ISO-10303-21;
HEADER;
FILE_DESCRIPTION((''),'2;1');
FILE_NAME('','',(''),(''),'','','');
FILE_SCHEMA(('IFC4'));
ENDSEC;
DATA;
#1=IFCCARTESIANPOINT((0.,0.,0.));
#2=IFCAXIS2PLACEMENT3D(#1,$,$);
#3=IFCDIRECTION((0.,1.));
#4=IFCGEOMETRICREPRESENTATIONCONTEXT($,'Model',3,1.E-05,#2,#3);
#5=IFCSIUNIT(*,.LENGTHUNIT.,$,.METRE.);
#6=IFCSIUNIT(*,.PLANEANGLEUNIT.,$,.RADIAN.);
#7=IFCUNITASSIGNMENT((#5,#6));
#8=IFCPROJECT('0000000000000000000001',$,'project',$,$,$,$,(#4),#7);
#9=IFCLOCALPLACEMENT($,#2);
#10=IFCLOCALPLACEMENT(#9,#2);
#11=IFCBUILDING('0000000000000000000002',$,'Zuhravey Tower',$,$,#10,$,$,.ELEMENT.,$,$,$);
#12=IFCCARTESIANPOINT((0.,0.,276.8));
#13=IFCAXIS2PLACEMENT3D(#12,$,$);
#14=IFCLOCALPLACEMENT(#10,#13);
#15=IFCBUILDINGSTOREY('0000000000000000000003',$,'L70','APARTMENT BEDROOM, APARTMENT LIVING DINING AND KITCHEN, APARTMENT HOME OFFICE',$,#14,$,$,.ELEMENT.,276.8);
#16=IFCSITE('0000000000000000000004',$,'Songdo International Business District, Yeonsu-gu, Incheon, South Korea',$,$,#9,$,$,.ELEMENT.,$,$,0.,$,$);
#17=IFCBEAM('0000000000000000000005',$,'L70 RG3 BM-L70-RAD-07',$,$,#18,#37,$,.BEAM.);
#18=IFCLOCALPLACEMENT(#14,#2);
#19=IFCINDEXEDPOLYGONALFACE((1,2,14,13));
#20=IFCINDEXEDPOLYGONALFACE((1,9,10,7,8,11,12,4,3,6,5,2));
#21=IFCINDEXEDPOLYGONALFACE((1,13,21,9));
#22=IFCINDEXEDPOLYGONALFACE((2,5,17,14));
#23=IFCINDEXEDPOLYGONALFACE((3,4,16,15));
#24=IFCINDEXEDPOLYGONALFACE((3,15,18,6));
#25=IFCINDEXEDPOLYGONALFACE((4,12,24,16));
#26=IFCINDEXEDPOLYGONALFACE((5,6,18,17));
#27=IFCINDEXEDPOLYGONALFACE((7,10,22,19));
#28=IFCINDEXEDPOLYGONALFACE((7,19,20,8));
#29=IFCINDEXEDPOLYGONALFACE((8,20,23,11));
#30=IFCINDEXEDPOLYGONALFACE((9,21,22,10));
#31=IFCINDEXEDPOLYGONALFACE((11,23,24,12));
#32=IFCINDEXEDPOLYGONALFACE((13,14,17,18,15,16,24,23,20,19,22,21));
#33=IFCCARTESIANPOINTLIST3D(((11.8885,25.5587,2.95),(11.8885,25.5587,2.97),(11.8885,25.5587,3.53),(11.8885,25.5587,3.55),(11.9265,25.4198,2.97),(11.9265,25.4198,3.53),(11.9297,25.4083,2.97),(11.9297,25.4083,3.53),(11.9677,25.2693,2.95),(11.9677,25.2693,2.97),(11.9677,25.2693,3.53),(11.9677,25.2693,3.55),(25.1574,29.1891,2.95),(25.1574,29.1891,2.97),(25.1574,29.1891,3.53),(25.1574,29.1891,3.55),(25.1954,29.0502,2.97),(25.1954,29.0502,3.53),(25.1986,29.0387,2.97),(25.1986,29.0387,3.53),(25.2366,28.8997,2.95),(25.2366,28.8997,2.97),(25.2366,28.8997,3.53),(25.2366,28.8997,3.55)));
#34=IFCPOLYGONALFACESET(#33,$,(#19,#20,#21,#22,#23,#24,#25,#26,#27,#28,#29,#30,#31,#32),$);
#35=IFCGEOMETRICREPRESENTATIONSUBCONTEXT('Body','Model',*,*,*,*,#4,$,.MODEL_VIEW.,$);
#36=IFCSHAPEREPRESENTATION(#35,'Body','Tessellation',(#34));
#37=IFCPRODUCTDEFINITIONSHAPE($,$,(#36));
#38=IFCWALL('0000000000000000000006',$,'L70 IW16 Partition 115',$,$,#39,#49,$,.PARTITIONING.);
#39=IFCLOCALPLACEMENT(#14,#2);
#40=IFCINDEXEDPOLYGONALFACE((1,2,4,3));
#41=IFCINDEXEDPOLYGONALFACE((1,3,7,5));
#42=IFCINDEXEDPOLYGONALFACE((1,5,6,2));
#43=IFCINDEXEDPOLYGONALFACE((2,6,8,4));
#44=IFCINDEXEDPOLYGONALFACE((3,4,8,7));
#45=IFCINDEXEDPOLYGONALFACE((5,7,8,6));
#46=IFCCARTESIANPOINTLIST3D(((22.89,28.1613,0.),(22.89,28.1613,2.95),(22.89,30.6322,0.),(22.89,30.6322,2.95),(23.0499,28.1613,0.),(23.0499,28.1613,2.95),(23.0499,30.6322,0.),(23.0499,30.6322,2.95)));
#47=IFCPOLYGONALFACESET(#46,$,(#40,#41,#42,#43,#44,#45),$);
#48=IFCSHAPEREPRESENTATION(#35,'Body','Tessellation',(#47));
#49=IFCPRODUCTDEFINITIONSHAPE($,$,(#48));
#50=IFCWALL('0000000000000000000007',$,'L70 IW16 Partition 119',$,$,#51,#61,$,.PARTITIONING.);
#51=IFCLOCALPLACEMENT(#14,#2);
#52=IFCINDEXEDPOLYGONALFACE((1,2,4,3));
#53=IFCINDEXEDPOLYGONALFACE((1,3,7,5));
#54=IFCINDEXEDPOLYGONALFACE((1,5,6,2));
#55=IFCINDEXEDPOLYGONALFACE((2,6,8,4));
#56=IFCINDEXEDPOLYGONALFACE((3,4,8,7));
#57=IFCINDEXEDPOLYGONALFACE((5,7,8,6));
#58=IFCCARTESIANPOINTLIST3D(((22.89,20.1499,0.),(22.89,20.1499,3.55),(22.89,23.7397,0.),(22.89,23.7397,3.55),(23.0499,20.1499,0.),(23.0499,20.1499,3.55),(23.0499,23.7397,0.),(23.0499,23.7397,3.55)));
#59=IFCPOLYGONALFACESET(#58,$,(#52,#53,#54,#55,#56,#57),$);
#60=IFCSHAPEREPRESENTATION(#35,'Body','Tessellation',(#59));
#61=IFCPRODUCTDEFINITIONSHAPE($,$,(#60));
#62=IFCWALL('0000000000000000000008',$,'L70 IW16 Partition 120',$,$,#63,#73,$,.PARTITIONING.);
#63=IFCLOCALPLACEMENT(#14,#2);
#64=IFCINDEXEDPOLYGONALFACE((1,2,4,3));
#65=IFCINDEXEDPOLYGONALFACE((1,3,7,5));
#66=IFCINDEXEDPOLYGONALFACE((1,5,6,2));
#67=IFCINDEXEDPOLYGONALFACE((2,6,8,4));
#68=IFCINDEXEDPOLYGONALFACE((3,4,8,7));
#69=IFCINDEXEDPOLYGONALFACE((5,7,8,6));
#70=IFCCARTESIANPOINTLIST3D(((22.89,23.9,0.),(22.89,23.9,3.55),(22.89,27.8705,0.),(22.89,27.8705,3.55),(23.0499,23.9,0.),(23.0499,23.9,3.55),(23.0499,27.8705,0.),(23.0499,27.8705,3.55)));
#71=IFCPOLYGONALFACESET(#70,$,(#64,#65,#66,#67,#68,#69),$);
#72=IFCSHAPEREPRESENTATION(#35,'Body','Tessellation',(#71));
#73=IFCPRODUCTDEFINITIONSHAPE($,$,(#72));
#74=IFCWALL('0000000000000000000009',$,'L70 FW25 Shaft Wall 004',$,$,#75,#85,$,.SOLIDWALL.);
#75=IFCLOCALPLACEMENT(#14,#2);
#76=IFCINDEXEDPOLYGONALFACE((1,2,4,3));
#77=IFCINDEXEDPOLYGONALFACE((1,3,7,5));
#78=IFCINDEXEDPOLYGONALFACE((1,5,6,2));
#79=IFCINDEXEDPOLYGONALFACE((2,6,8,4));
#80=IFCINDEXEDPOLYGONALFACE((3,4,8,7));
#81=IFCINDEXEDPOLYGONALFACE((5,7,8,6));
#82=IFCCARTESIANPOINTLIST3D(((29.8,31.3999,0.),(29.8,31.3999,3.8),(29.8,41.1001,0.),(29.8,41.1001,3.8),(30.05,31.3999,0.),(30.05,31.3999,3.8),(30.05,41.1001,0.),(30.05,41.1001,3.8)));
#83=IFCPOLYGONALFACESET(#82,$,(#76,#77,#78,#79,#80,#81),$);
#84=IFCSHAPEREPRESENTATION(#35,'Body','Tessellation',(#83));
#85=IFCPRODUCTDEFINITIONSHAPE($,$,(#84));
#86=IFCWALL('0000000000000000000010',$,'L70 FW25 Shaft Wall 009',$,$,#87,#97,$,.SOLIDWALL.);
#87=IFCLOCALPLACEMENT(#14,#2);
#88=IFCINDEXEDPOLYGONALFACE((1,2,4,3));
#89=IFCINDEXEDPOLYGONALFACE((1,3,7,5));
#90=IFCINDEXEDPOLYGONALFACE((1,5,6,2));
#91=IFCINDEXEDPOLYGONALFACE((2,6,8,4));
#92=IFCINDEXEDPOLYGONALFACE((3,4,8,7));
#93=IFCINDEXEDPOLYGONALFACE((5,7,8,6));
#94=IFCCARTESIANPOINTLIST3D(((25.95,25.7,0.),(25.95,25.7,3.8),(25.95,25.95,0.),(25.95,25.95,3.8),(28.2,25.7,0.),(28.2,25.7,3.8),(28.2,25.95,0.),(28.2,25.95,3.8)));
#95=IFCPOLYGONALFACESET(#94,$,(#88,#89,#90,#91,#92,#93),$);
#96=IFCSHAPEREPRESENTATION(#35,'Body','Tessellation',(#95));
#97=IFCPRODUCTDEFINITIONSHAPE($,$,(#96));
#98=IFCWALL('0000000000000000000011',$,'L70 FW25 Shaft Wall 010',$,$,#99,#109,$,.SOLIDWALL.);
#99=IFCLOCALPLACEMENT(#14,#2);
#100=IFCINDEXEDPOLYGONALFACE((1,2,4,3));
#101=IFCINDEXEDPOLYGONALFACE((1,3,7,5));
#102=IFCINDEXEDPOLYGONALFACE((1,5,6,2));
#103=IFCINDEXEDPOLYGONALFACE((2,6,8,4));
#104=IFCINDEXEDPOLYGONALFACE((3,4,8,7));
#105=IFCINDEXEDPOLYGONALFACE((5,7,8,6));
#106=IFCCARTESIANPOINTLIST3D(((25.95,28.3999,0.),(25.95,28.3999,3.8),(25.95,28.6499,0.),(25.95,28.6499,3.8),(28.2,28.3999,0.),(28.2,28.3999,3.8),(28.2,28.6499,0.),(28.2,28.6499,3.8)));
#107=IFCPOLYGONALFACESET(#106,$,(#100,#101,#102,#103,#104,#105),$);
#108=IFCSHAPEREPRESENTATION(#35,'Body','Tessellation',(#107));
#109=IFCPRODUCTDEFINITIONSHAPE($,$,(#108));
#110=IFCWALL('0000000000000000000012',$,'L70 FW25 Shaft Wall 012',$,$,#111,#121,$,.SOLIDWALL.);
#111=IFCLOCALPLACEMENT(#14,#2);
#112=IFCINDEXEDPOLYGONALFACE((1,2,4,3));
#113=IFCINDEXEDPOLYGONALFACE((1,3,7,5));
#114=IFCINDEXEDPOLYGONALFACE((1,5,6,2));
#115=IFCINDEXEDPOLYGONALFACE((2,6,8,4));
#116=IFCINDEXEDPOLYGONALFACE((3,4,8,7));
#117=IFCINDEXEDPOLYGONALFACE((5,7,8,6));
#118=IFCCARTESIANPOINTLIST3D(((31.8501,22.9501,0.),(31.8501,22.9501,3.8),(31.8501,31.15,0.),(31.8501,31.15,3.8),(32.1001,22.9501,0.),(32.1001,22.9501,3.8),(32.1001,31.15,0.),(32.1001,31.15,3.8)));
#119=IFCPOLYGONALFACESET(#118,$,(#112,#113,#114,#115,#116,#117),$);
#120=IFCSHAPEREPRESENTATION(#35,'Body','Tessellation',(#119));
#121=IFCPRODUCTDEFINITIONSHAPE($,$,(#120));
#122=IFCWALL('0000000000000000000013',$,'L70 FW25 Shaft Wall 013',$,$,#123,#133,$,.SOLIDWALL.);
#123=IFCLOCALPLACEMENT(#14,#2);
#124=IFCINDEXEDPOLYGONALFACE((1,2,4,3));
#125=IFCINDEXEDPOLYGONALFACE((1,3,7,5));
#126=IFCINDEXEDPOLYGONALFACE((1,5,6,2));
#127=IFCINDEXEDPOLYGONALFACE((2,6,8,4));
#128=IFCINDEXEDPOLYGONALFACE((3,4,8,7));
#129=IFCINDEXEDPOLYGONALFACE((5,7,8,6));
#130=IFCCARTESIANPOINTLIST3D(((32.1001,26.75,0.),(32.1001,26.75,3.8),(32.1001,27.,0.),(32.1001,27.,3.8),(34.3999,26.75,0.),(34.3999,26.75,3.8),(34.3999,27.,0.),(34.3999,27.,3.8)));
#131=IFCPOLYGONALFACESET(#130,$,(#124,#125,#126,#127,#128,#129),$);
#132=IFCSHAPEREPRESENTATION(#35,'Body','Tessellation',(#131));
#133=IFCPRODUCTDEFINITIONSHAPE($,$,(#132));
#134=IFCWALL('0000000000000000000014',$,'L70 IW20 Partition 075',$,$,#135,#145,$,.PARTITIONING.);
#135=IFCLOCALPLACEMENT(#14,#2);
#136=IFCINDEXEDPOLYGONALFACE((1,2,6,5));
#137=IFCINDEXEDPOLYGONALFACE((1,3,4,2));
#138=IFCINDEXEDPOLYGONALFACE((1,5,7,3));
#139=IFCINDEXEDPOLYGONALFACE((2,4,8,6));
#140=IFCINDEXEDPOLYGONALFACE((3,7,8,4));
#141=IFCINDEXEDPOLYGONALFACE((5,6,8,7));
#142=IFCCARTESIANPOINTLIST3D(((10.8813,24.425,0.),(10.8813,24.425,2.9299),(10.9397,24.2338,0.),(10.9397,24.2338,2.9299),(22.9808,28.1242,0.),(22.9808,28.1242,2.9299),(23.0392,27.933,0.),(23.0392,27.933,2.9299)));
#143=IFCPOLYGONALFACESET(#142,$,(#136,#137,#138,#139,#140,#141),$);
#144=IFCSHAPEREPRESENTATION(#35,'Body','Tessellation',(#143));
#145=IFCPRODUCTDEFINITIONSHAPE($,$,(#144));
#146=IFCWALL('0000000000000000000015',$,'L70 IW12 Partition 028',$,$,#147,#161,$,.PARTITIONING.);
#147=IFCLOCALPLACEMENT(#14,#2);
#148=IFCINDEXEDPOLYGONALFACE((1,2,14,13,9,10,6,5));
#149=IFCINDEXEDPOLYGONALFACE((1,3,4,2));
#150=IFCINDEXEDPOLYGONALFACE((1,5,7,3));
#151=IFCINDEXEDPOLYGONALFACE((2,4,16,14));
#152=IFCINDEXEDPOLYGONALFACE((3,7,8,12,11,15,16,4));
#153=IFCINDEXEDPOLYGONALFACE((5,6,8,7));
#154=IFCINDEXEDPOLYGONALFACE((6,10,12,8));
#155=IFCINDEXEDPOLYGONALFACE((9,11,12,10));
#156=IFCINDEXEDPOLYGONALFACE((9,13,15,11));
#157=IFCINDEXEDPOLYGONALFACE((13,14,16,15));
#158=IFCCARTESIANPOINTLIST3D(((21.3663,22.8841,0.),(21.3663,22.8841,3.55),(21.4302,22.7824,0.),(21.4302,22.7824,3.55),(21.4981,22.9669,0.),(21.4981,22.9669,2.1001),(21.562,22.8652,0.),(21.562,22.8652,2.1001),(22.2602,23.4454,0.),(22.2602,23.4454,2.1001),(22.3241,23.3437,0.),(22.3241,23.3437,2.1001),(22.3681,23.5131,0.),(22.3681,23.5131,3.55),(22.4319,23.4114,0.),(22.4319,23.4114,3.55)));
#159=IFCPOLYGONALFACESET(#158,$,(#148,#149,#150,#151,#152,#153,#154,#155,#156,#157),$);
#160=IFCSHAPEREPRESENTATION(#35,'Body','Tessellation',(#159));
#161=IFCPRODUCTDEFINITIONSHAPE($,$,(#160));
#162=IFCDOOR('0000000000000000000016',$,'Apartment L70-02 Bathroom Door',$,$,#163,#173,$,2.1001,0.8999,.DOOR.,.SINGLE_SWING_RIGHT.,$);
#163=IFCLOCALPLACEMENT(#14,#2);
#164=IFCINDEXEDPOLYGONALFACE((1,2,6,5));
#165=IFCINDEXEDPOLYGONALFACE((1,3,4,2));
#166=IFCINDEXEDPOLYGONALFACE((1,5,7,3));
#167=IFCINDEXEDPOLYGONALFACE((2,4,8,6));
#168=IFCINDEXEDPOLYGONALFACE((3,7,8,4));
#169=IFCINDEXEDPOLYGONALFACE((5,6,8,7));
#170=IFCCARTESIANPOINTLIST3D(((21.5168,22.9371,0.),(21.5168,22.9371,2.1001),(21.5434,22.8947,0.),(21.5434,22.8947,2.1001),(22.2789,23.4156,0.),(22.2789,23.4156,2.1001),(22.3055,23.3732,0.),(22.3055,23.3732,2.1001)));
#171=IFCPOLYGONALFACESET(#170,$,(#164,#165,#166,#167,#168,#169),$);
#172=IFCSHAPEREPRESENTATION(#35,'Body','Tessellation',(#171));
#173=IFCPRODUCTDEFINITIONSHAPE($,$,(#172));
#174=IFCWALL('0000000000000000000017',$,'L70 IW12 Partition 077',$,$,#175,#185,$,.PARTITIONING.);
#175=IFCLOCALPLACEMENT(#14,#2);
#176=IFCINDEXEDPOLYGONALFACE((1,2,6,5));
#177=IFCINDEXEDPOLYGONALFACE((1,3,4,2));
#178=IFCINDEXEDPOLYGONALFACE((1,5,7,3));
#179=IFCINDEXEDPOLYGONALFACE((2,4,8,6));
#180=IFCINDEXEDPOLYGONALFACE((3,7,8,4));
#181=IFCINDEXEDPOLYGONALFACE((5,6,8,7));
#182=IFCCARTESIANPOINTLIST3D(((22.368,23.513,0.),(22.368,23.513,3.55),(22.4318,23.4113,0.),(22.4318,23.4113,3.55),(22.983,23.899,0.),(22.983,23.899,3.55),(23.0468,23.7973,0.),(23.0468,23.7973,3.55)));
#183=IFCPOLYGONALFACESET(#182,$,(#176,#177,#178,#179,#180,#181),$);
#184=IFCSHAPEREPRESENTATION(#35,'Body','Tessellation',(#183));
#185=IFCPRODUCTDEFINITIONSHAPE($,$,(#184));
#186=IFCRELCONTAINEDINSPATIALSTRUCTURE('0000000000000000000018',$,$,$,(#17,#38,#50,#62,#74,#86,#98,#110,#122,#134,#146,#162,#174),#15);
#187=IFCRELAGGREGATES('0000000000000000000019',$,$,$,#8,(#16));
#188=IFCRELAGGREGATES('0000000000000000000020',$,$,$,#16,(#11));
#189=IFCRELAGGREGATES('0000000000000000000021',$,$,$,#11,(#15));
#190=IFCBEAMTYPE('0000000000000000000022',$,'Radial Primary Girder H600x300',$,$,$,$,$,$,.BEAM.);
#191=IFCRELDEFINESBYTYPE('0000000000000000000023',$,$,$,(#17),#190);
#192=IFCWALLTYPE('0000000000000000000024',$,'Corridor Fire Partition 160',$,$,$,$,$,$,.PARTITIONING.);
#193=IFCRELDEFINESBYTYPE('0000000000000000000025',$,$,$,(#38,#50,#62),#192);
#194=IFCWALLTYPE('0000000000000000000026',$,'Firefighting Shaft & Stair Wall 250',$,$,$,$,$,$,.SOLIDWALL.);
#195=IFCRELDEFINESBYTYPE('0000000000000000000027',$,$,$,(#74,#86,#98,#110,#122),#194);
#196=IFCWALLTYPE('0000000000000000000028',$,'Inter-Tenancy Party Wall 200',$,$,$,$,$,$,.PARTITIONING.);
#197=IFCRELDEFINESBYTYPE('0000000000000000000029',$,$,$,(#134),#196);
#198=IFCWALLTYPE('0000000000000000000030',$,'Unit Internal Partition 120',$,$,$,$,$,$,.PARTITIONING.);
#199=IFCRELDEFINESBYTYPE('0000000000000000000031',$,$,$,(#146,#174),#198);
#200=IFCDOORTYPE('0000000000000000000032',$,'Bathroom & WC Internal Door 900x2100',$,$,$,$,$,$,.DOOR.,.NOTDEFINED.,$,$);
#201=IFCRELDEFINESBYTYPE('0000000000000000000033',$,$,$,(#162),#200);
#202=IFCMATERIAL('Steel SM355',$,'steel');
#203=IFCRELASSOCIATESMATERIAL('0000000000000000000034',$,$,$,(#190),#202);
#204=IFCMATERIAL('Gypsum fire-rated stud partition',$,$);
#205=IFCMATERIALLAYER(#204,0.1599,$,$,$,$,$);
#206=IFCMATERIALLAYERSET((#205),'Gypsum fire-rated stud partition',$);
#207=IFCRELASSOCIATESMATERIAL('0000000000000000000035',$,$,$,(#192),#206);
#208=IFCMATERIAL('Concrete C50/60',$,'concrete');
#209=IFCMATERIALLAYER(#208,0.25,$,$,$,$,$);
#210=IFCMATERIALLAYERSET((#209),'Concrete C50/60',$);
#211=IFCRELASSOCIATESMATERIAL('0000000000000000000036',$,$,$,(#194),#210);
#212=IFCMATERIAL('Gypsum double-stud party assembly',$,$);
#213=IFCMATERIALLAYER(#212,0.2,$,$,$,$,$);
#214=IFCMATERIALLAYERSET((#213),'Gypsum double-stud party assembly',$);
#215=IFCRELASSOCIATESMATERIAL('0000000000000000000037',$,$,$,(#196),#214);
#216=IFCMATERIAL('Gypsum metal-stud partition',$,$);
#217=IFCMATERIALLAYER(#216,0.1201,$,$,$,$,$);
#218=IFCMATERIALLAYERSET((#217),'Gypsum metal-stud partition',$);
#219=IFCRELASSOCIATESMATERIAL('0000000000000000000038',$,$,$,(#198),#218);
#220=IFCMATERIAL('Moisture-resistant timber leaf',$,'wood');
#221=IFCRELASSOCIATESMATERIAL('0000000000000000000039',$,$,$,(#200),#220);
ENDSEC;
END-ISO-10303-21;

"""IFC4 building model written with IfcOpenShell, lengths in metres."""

from ifc_helpers import new_model, si_unit, direction, frame, frame_2d, origin, origin_2d, place, context, subcontext, project, spatial, rectangle, i_section, extrude, material, layer, layer_set, material_profile, profile_set, type_object, element, fill, save


model = new_model("IFC4")

# Units and contexts
model_context = context("Model", 3, precision=1e-05, world=origin(), true_north=direction((0.0, 1.0)))
body_context = subcontext(model_context, "Body", "Model", "MODEL_VIEW")
ifc_project = project(units=[si_unit("LENGTHUNIT", "METRE"), si_unit("PLANEANGLEUNIT", "RADIAN")], contexts=[model_context])

# Site, building, storey
site_placement = place(None, origin())
site = spatial("IfcSite", under=ifc_project, at=site_placement, Name="Songdo International Business District, Yeonsu-gu, Incheon, South Korea", CompositionType="ELEMENT", RefElevation=0.0)
building_placement = place(site_placement, origin())
building = spatial("IfcBuilding", under=site, at=building_placement, Name="Zuhravey Tower", CompositionType="ELEMENT")
storey_placement = place(building_placement, frame((0.0, 0.0, 276.8)))
storey = spatial("IfcBuildingStorey", under=building, at=storey_placement, Name="L70", Description="APARTMENT BEDROOM, APARTMENT LIVING DINING AND KITCHEN, APARTMENT HOME OFFICE", CompositionType="ELEMENT", Elevation=276.8)

# Beam
ifc_material_1 = material(Name="Steel SM355", Category="steel")
ifc_material_profile = material_profile(ifc_material_1, i_section(OverallWidth=0.3, OverallDepth=0.6001, WebThickness=0.012, FlangeThickness=0.02, at=origin_2d()), Name="H-600x300x12x20")
ifc_profile_set = profile_set([ifc_material_profile], Name="Steel SM355")
beam_type = type_object("IfcBeamType", Name="Radial Primary Girder H600x300", PredefinedType="BEAM", material=ifc_profile_set)
beam_placement = place(storey_placement, frame((25.197, 29.0444, 3.25), z_axis=(-0.964549, -0.263903, 0.0), x_axis=(0.263903, -0.964549, 0.0)))
element("IfcBeam", 1, at=beam_placement, inside=storey, type_object=beam_type, Name="L70 RG3 BM-L70-RAD-07", PredefinedType="BEAM", context=body_context, shape_type="SweptSolid", body=[
    extrude(i_section(OverallWidth=0.3, OverallDepth=0.6001, WebThickness=0.012, FlangeThickness=0.02, at=origin_2d()), origin(), (0.0, 0.0, 1.0), 13.7566),
])

# Walls
ifc_material_2 = material(Name="Gypsum fire-rated stud partition")
ifc_layer_1 = layer(ifc_material_2, 0.1599)
ifc_layer_set_1 = layer_set([ifc_layer_1], Name="Gypsum fire-rated stud partition")
wall_type_1 = type_object("IfcWallType", Name="Corridor Fire Partition 160", PredefinedType="PARTITIONING", material=ifc_layer_set_1)
wall_1_placement = place(storey_placement, frame((22.97, 30.6321, 0.0), z_axis=(0.0, 0.0, 1.0), x_axis=(0.0, -1.0, 0.0)))
element("IfcWall", 2, at=wall_1_placement, inside=storey, type_object=wall_type_1, Name="L70 IW16 Partition 115", PredefinedType="PARTITIONING", context=body_context, shape_type="SweptSolid", body=[
    extrude(rectangle(XDim=2.4709, YDim=0.1599, at=frame_2d((1.2354, 0.0))), origin(), (0.0, 0.0, 1.0), 2.95),
])
wall_2_placement = place(storey_placement, frame((22.97, 23.7397, 0.0), z_axis=(0.0, 0.0, 1.0), x_axis=(0.0, -1.0, 0.0)))
element("IfcWall", 3, at=wall_2_placement, inside=storey, type_object=wall_type_1, Name="L70 IW16 Partition 119", PredefinedType="PARTITIONING", context=body_context, shape_type="SweptSolid", body=[
    extrude(rectangle(XDim=3.5898, YDim=0.1599, at=frame_2d((1.7949, 0.0))), origin(), (0.0, 0.0, 1.0), 3.55),
])
wall_3_placement = place(storey_placement, frame((22.97, 27.8706, 0.0), z_axis=(0.0, 0.0, 1.0), x_axis=(0.0, -1.0, 0.0)))
element("IfcWall", 4, at=wall_3_placement, inside=storey, type_object=wall_type_1, Name="L70 IW16 Partition 120", PredefinedType="PARTITIONING", context=body_context, shape_type="SweptSolid", body=[
    extrude(rectangle(XDim=3.9705, YDim=0.1599, at=frame_2d((1.9854, 0.0))), origin(), (0.0, 0.0, 1.0), 3.55),
])

# Shared definitions
ifc_material_3 = material(Name="Concrete C50/60", Category="concrete")
ifc_layer_2 = layer(ifc_material_3, 0.25)
ifc_layer_set_2 = layer_set([ifc_layer_2], Name="Concrete C50/60")
wall_type_2 = type_object("IfcWallType", Name="Firefighting Shaft & Stair Wall 250", PredefinedType="SOLIDWALL", material=ifc_layer_set_2)

# Walls
wall_4_placement = place(storey_placement, frame((29.925, 31.3999, 0.0), z_axis=(0.0, 0.0, 1.0), x_axis=(0.0, 1.0, 0.0)))
element("IfcWall", 5, at=wall_4_placement, inside=storey, type_object=wall_type_2, Name="L70 FW25 Shaft Wall 004", PredefinedType="SOLIDWALL", context=body_context, shape_type="SweptSolid", body=[
    extrude(rectangle(XDim=9.7002, YDim=0.25, at=frame_2d((4.8501, 0.0))), origin(), (0.0, 0.0, 1.0), 3.8),
])
for number, where, z_axis, x_axis, name in (
    (6, (25.95, 25.825, 0.0), (0.0, 0.0, 1.0), (1.0, 0.0, 0.0), "L70 FW25 Shaft Wall 009"),
    (7, (25.95, 28.5249, 0.0), (0.0, 0.0, 1.0), (1.0, 0.0, 0.0), "L70 FW25 Shaft Wall 010"),
):
    element("IfcWall", number, at=place(storey_placement, frame(where, z_axis=z_axis, x_axis=x_axis)), inside=storey, type_object=wall_type_2, Name=name, PredefinedType="SOLIDWALL", context=body_context, shape_type="SweptSolid", body=[
        extrude(rectangle(XDim=2.25, YDim=0.25, at=frame_2d((1.125, 0.0))), origin(), (0.0, 0.0, 1.0), 3.8),
    ])
wall_5_placement = place(storey_placement, frame((31.9751, 22.95, 0.0), z_axis=(0.0, 0.0, 1.0), x_axis=(0.0, 1.0, 0.0)))
element("IfcWall", 8, at=wall_5_placement, inside=storey, type_object=wall_type_2, Name="L70 FW25 Shaft Wall 012", PredefinedType="SOLIDWALL", context=body_context, shape_type="SweptSolid", body=[
    extrude(rectangle(XDim=8.2, YDim=0.25, at=frame_2d((4.1001, 0.0))), origin(), (0.0, 0.0, 1.0), 3.8),
])
wall_6_placement = place(storey_placement, frame((32.1001, 26.875, 0.0), z_axis=(0.0, 0.0, 1.0), x_axis=(1.0, 0.0, 0.0)))
element("IfcWall", 9, at=wall_6_placement, inside=storey, type_object=wall_type_2, Name="L70 FW25 Shaft Wall 013", PredefinedType="SOLIDWALL", context=body_context, shape_type="SweptSolid", body=[
    extrude(rectangle(XDim=2.2998, YDim=0.25, at=frame_2d((1.1499, 0.0))), origin(), (0.0, 0.0, 1.0), 3.8),
])
ifc_material_4 = material(Name="Gypsum double-stud party assembly")
ifc_layer_3 = layer(ifc_material_4, 0.2)
ifc_layer_set_3 = layer_set([ifc_layer_3], Name="Gypsum double-stud party assembly")
wall_type_3 = type_object("IfcWallType", Name="Inter-Tenancy Party Wall 200", PredefinedType="PARTITIONING", material=ifc_layer_set_3)
wall_7_placement = place(storey_placement, frame((23.01, 28.0286, 0.0), z_axis=(0.0, 0.0, 1.0), x_axis=(-0.956305, -0.292371, 0.0)))
element("IfcWall", 10, at=wall_7_placement, inside=storey, type_object=wall_type_3, Name="L70 IW20 Partition 075", PredefinedType="PARTITIONING", context=body_context, shape_type="SweptSolid", body=[
    extrude(rectangle(XDim=12.6523, YDim=0.2, at=frame_2d((6.3262, 0.0))), origin(), (0.0, 0.0, 1.0), 2.9299),
])

# Wall, opening, door
ifc_material_5 = material(Name="Gypsum metal-stud partition")
ifc_layer_4 = layer(ifc_material_5, 0.1201)
ifc_layer_set_4 = layer_set([ifc_layer_4], Name="Gypsum metal-stud partition")
wall_type_4 = type_object("IfcWallType", Name="Unit Internal Partition 120", PredefinedType="PARTITIONING", material=ifc_layer_set_4)
wall_8_placement = place(storey_placement, frame((22.3999, 23.4622, 0.0), z_axis=(0.0, 0.0, 1.0), x_axis=(-0.846918, -0.531723, 0.0)))
wall_8 = element("IfcWall", 11, at=wall_8_placement, inside=storey, type_object=wall_type_4, Name="L70 IW12 Partition 028", PredefinedType="PARTITIONING", context=body_context, shape_type="SweptSolid", body=[
    extrude(rectangle(XDim=1.1829, YDim=0.1201, at=frame_2d((0.5913, 0.0))), origin(), (0.0, 0.0, 1.0), 3.55),
])
opening_1_placement = place(wall_8_placement, frame((0.1272, 0.0, 0.0)))
opening_1 = element("IfcOpeningElement", 12, at=opening_1_placement, cuts=wall_8, PredefinedType="OPENING", context=body_context, shape_type="SweptSolid", body=[
    extrude(rectangle(XDim=0.8999, YDim=2.1001, at=frame_2d((0.45, 1.05))), frame((0.0, 0.072, 0.0), z_axis=(0.0, -1.0, 0.0), x_axis=(1.0, 0.0, 0.0)), (0.0, 0.0, 1.0), 0.144),
])
ifc_material_6 = material(Name="Moisture-resistant timber leaf", Category="wood")
door_type_1 = type_object("IfcDoorType", Name="Bathroom & WC Internal Door 900x2100", OperationType="NOTDEFINED", PredefinedType="DOOR", material=ifc_material_6)
door_1_placement = place(opening_1_placement, frame((0.8999, 0.0, 0.0), z_axis=(0.0, 0.0, 1.0), x_axis=(-1.0, 0.0, 0.0)))
door_1 = element("IfcDoor", 13, at=door_1_placement, inside=storey, type_object=door_type_1, Name="Apartment L70-02 Bathroom Door", OperationType="SINGLE_SWING_RIGHT", OverallHeight=2.1001, OverallWidth=0.8999, PredefinedType="DOOR", context=body_context, shape_type="SweptSolid", body=[
    extrude(rectangle(XDim=0.8999, YDim=2.1001, at=frame_2d((0.45, 1.05))), frame((0.0, 0.0249, 0.0), z_axis=(0.0, -1.0, 0.0), x_axis=(1.0, 0.0, 0.0)), (0.0, 0.0, 1.0), 0.05),
])
fill(opening_1, door_1)

# Wall
wall_9_placement = place(storey_placement, frame((23.0149, 23.8481, 0.0), z_axis=(0.0, 0.0, 1.0), x_axis=(-0.846996, -0.5316, 0.0)))
element("IfcWall", 14, at=wall_9_placement, inside=storey, type_object=wall_type_4, Name="L70 IW12 Partition 077", PredefinedType="PARTITIONING", context=body_context, shape_type="SweptSolid", body=[
    extrude(rectangle(XDim=0.7261, YDim=0.1201, at=frame_2d((0.363, 0.0))), origin(), (0.0, 0.0, 1.0), 3.55),
])

save(model, "model.ifc")
